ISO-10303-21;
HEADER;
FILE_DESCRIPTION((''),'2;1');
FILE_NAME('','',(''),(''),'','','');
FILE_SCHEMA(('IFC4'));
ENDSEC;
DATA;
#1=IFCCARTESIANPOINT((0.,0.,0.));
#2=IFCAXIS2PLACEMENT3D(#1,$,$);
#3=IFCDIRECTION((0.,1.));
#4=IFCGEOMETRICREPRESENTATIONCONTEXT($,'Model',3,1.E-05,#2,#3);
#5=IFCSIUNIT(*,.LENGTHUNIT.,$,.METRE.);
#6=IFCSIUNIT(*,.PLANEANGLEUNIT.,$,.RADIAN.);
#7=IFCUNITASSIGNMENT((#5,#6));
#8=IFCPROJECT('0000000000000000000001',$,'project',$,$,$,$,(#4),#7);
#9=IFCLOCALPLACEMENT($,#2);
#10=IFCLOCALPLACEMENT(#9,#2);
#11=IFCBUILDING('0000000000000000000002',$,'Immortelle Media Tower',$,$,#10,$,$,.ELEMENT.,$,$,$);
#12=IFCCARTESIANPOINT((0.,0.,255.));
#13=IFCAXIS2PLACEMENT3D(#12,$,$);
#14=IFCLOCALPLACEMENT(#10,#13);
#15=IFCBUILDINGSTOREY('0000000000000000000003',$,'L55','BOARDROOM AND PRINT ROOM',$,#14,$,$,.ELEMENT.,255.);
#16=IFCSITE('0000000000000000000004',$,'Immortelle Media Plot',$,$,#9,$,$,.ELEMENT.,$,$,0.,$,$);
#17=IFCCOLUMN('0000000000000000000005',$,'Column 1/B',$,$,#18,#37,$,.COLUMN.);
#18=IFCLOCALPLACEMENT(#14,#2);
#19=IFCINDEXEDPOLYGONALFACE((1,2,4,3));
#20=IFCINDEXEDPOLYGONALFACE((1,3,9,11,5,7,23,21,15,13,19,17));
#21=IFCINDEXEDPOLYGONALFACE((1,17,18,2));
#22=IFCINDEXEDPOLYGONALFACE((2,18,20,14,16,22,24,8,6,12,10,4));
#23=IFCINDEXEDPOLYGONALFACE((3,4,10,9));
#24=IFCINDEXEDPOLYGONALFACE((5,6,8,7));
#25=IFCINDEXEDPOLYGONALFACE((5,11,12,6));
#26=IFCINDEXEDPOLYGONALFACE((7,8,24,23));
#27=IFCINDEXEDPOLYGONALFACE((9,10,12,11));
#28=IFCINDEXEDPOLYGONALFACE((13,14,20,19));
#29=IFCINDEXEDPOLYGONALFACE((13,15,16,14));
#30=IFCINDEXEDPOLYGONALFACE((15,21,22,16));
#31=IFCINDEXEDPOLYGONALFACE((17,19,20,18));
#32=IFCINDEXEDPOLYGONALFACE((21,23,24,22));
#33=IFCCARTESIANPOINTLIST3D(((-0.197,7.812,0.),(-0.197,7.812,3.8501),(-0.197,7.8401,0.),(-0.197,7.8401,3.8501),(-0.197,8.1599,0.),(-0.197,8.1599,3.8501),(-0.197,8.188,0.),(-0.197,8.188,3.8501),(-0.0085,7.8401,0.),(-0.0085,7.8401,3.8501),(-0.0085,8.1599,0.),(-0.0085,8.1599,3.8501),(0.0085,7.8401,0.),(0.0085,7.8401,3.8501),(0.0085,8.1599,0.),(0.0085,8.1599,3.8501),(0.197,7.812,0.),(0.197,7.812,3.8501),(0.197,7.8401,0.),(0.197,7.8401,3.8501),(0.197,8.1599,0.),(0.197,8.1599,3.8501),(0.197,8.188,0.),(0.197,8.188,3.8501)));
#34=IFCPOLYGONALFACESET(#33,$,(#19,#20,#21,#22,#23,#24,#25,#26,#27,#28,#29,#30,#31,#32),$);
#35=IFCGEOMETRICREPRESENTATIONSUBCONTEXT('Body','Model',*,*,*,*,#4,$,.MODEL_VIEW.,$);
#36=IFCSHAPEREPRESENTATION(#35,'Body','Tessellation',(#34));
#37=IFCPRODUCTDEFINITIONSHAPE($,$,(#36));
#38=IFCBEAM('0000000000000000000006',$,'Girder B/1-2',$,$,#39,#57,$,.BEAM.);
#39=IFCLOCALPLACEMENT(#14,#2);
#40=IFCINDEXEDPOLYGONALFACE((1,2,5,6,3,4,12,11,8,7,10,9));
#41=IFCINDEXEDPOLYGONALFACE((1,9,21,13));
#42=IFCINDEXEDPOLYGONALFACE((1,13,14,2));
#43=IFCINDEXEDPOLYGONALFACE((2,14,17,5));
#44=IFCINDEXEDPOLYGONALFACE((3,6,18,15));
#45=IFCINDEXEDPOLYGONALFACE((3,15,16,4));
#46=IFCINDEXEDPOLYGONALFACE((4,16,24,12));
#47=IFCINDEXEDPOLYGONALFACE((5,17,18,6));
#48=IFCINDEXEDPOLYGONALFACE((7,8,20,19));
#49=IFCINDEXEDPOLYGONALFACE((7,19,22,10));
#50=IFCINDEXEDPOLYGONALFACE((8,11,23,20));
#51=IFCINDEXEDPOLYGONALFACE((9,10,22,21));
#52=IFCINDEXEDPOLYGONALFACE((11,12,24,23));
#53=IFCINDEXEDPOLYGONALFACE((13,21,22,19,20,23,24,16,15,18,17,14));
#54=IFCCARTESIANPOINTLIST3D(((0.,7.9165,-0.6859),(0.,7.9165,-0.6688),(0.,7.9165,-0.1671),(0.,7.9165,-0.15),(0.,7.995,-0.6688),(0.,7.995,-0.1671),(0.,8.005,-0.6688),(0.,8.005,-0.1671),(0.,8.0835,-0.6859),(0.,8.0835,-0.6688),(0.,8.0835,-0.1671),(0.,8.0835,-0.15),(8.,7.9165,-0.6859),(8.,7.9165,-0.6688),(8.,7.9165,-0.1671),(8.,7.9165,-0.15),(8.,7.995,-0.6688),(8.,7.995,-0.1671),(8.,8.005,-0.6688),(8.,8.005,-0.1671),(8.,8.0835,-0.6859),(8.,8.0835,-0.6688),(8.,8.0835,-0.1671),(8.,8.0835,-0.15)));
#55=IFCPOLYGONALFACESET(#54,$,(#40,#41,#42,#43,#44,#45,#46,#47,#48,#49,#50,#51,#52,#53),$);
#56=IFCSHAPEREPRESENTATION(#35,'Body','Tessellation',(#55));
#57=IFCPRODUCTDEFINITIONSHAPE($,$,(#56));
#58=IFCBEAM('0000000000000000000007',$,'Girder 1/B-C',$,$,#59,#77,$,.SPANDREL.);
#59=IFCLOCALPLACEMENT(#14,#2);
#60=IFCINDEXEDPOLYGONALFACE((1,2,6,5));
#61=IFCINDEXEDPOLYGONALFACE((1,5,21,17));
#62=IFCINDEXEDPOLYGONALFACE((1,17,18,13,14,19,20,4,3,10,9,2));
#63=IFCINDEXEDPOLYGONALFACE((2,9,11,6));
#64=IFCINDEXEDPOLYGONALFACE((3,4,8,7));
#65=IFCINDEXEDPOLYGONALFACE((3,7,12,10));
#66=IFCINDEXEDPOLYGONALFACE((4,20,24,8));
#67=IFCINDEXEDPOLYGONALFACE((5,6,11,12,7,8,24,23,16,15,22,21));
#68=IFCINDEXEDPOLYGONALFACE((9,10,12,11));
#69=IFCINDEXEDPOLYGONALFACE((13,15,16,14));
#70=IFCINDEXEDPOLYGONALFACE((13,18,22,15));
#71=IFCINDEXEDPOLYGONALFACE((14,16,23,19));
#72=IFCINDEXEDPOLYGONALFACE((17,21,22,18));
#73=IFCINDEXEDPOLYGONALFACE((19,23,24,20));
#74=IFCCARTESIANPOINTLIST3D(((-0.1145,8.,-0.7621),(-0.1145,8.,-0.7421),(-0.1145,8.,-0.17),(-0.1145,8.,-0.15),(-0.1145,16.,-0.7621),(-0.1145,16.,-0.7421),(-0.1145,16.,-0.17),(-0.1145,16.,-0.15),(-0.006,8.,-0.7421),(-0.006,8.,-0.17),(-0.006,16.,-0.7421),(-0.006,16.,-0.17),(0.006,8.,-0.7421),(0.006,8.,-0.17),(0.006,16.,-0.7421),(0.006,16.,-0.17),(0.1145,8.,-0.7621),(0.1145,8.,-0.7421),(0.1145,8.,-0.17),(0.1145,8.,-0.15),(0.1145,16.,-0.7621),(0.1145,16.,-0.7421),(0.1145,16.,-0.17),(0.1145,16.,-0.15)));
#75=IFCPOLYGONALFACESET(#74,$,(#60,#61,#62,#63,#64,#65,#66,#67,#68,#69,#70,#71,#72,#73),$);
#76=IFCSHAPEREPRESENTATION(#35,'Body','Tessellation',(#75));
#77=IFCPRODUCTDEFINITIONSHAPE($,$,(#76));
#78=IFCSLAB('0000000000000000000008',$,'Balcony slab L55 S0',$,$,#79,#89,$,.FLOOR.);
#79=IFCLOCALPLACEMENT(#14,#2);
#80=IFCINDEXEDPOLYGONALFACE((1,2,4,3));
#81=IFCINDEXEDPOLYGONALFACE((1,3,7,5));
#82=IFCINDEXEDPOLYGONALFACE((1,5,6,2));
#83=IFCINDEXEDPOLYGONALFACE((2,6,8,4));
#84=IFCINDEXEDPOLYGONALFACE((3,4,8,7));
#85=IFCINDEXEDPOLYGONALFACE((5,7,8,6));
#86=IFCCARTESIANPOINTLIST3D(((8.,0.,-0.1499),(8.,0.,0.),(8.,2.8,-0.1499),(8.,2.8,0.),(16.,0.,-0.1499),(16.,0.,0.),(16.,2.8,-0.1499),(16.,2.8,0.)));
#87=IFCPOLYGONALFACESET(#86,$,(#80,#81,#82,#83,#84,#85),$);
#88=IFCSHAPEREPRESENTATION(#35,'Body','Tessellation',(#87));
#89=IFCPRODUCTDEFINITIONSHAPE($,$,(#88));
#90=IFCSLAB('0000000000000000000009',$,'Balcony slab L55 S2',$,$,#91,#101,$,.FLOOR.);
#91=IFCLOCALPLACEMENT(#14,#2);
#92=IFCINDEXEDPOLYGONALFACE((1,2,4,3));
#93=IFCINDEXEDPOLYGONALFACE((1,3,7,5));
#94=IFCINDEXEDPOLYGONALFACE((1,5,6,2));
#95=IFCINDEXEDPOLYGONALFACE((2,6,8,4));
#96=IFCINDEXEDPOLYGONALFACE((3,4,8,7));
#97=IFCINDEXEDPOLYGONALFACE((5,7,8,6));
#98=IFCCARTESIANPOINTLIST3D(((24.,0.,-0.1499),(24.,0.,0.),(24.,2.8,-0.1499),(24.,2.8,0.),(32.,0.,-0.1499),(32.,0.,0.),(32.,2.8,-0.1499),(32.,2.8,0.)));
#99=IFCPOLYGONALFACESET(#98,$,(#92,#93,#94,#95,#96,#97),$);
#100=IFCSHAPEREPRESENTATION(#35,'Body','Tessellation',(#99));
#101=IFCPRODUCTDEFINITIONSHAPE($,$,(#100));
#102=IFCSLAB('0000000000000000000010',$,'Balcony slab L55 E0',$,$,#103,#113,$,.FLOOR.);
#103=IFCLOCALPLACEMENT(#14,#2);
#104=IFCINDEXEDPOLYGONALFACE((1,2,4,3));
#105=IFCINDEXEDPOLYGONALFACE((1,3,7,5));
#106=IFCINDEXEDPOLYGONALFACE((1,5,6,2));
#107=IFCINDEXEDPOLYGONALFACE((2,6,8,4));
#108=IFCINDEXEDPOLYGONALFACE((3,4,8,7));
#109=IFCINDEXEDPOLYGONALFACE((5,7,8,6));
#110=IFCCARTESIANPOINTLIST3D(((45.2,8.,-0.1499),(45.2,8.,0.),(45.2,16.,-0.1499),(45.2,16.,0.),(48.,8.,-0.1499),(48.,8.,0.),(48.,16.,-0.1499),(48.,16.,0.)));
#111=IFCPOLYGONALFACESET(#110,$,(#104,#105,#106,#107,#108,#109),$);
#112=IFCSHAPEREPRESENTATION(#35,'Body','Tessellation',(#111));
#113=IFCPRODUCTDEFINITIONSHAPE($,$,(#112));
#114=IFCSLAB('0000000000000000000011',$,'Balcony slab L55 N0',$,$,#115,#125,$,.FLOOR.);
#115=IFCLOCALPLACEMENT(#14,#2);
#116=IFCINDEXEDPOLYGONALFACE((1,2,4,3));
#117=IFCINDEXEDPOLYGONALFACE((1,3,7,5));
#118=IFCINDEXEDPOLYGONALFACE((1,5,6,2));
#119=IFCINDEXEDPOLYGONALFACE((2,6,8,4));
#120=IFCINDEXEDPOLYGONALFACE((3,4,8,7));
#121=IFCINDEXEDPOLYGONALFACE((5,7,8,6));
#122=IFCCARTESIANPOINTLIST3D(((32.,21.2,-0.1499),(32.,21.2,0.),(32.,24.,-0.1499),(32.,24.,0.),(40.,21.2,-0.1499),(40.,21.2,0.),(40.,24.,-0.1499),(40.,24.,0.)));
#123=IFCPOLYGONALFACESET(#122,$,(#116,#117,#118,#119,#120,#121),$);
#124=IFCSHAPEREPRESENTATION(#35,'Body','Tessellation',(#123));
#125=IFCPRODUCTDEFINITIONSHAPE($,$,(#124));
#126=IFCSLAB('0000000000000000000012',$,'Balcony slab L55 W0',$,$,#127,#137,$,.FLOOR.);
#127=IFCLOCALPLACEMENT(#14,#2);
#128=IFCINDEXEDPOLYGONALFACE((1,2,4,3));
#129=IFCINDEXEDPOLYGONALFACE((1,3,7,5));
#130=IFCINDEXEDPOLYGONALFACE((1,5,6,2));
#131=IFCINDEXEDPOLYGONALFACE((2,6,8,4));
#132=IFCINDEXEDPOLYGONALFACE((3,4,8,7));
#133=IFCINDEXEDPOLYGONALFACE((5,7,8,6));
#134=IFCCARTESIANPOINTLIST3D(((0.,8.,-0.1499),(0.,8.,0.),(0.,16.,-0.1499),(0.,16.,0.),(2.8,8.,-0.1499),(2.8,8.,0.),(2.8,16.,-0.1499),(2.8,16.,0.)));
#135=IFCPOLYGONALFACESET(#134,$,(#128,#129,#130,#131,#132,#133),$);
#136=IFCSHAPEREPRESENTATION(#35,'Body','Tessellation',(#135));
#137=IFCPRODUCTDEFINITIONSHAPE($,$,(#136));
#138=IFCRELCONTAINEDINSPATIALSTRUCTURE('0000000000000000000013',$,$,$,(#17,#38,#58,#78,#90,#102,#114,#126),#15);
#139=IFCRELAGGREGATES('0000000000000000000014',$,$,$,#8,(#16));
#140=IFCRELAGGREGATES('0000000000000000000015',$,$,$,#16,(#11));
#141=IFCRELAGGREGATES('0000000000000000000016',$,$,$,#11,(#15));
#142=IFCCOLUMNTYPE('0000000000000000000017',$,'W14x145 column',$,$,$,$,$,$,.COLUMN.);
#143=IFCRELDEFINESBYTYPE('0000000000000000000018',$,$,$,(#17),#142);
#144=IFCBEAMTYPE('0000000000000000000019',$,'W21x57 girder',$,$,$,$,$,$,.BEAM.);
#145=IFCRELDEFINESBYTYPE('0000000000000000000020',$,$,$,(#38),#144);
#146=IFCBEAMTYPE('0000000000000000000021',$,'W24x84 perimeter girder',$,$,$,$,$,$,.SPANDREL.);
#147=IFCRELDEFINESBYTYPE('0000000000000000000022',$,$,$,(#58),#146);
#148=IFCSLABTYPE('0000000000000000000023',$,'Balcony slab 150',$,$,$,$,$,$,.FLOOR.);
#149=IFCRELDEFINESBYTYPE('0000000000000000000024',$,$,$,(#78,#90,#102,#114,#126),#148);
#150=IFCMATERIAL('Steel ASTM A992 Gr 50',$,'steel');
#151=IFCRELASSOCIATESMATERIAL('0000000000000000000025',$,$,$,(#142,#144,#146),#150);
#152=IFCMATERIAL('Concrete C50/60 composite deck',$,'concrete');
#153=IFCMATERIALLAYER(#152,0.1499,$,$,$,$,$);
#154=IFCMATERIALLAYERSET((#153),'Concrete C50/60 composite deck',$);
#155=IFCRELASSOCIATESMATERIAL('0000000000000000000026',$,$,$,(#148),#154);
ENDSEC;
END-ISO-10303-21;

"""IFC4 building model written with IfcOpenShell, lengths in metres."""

from ifc_helpers import new_model, si_unit, direction, frame, origin, origin_2d, place, context, subcontext, project, spatial, polyline, i_section, outline, extrude, material, layer, layer_set, material_profile, profile_set, type_object, element, save


model = new_model("IFC4")

# Units and contexts
model_context = context("Model", 3, precision=1e-05, world=origin(), true_north=direction((0.0, 1.0)))
body_context = subcontext(model_context, "Body", "Model", "MODEL_VIEW")
ifc_project = project(units=[si_unit("LENGTHUNIT", "METRE"), si_unit("PLANEANGLEUNIT", "RADIAN")], contexts=[model_context])

# Site, building, storey
site_placement = place(None, origin())
site = spatial("IfcSite", under=ifc_project, at=site_placement, Name="Immortelle Media Plot", CompositionType="ELEMENT", RefElevation=0.0)
building_placement = place(site_placement, origin())
building = spatial("IfcBuilding", under=site, at=building_placement, Name="Immortelle Media Tower", CompositionType="ELEMENT")
storey_placement = place(building_placement, frame((0.0, 0.0, 255.0)))
storey = spatial("IfcBuildingStorey", under=building, at=storey_placement, Name="L55", Description="BOARDROOM AND PRINT ROOM", CompositionType="ELEMENT", Elevation=255.0)

# Column
ifc_material_1 = material(Name="Steel ASTM A992 Gr 50", Category="steel")
ifc_material_profile_1 = material_profile(ifc_material_1, i_section(OverallWidth=0.394, OverallDepth=0.376, WebThickness=0.0171, FlangeThickness=0.0281, at=origin_2d()), Name="W14x145")
ifc_profile_set_1 = profile_set([ifc_material_profile_1], Name="Steel ASTM A992 Gr 50")
column_type = type_object("IfcColumnType", Name="W14x145 column", PredefinedType="COLUMN", material=ifc_profile_set_1)
column_placement = place(storey_placement, frame((0.0, 8.0, 0.0), z_axis=(0.0, 0.0, 1.0), x_axis=(1.0, 0.0, 0.0)))
element("IfcColumn", 1, at=column_placement, inside=storey, type_object=column_type, Name="Column 1/B", PredefinedType="COLUMN", context=body_context, shape_type="SweptSolid", body=[
    extrude(i_section(OverallWidth=0.394, OverallDepth=0.376, WebThickness=0.0171, FlangeThickness=0.0281, at=origin_2d()), origin(), (0.0, 0.0, 1.0), 3.8501),
])

# Beams
ifc_material_profile_2 = material_profile(ifc_material_1, i_section(OverallWidth=0.167, OverallDepth=0.5359, WebThickness=0.01, FlangeThickness=0.0171, at=origin_2d()), Name="W21x57")
ifc_profile_set_2 = profile_set([ifc_material_profile_2], Name="Steel ASTM A992 Gr 50")
beam_type_1 = type_object("IfcBeamType", Name="W21x57 girder", PredefinedType="BEAM", material=ifc_profile_set_2)
beam_1_placement = place(storey_placement, frame((0.0, 8.0, -0.418), z_axis=(1.0, 0.0, 0.0), x_axis=(0.0, 1.0, 0.0)))
element("IfcBeam", 2, at=beam_1_placement, inside=storey, type_object=beam_type_1, Name="Girder B/1-2", PredefinedType="BEAM", context=body_context, shape_type="SweptSolid", body=[
    extrude(i_section(OverallWidth=0.167, OverallDepth=0.5359, WebThickness=0.01, FlangeThickness=0.0171, at=origin_2d()), origin(), (0.0, 0.0, 1.0), 8.0),
])
ifc_material_profile_3 = material_profile(ifc_material_1, i_section(OverallWidth=0.229, OverallDepth=0.6121, WebThickness=0.012, FlangeThickness=0.02, at=origin_2d()), Name="W24x84")
ifc_profile_set_3 = profile_set([ifc_material_profile_3], Name="Steel ASTM A992 Gr 50")
beam_type_2 = type_object("IfcBeamType", Name="W24x84 perimeter girder", PredefinedType="SPANDREL", material=ifc_profile_set_3)
beam_2_placement = place(storey_placement, frame((0.0, 8.0, -0.4561), z_axis=(0.0, 1.0, 0.0), x_axis=(-1.0, 0.0, 0.0)))
element("IfcBeam", 3, at=beam_2_placement, inside=storey, type_object=beam_type_2, Name="Girder 1/B-C", PredefinedType="SPANDREL", context=body_context, shape_type="SweptSolid", body=[
    extrude(i_section(OverallWidth=0.229, OverallDepth=0.6121, WebThickness=0.012, FlangeThickness=0.02, at=origin_2d()), origin(), (0.0, 0.0, 1.0), 8.0),
])

# Slabs
ifc_material_2 = material(Name="Concrete C50/60 composite deck", Category="concrete")
ifc_layer_1 = layer(ifc_material_2, 0.1499)
ifc_layer_set_1 = layer_set([ifc_layer_1], Name="Concrete C50/60 composite deck")
slab_type_1 = type_object("IfcSlabType", Name="Balcony slab 150", PredefinedType="FLOOR", material=ifc_layer_set_1)
slab_1_placement = place(storey_placement, frame((0.0, 0.0, -0.1499)))
element("IfcSlab", 4, at=slab_1_placement, inside=storey, type_object=slab_type_1, Name="Balcony slab L55 S0", PredefinedType="FLOOR", context=body_context, shape_type="SweptSolid", body=[
    extrude(outline(polyline([(16.0, 0.0), (16.0, 2.8), (8.0, 2.8), (8.0, 0.0), (16.0, 0.0)])), origin(), (0.0, 0.0, 1.0), 0.1499),
])
slab_2_placement = place(storey_placement, frame((0.0, 0.0, -0.1499)))
element("IfcSlab", 5, at=slab_2_placement, inside=storey, type_object=slab_type_1, Name="Balcony slab L55 S2", PredefinedType="FLOOR", context=body_context, shape_type="SweptSolid", body=[
    extrude(outline(polyline([(32.0, 0.0), (32.0, 2.8), (24.0, 2.8), (24.0, 0.0), (32.0, 0.0)])), origin(), (0.0, 0.0, 1.0), 0.1499),
])
slab_3_placement = place(storey_placement, frame((0.0, 0.0, -0.1499)))
element("IfcSlab", 6, at=slab_3_placement, inside=storey, type_object=slab_type_1, Name="Balcony slab L55 E0", PredefinedType="FLOOR", context=body_context, shape_type="SweptSolid", body=[
    extrude(outline(polyline([(48.0, 8.0), (48.0, 16.0), (45.2, 16.0), (45.2, 8.0), (48.0, 8.0)])), origin(), (0.0, 0.0, 1.0), 0.1499),
])
slab_4_placement = place(storey_placement, frame((0.0, 0.0, -0.1499)))
element("IfcSlab", 7, at=slab_4_placement, inside=storey, type_object=slab_type_1, Name="Balcony slab L55 N0", PredefinedType="FLOOR", context=body_context, shape_type="SweptSolid", body=[
    extrude(outline(polyline([(40.0, 21.2), (40.0, 24.0), (32.0, 24.0), (32.0, 21.2), (40.0, 21.2)])), origin(), (0.0, 0.0, 1.0), 0.1499),
])
slab_5_placement = place(storey_placement, frame((0.0, 0.0, -0.1499)))
element("IfcSlab", 8, at=slab_5_placement, inside=storey, type_object=slab_type_1, Name="Balcony slab L55 W0", PredefinedType="FLOOR", context=body_context, shape_type="SweptSolid", body=[
    extrude(outline(polyline([(2.8, 8.0), (2.8, 16.0), (0.0, 16.0), (0.0, 8.0), (2.8, 8.0)])), origin(), (0.0, 0.0, 1.0), 0.1499),
])

save(model, "model.ifc")
